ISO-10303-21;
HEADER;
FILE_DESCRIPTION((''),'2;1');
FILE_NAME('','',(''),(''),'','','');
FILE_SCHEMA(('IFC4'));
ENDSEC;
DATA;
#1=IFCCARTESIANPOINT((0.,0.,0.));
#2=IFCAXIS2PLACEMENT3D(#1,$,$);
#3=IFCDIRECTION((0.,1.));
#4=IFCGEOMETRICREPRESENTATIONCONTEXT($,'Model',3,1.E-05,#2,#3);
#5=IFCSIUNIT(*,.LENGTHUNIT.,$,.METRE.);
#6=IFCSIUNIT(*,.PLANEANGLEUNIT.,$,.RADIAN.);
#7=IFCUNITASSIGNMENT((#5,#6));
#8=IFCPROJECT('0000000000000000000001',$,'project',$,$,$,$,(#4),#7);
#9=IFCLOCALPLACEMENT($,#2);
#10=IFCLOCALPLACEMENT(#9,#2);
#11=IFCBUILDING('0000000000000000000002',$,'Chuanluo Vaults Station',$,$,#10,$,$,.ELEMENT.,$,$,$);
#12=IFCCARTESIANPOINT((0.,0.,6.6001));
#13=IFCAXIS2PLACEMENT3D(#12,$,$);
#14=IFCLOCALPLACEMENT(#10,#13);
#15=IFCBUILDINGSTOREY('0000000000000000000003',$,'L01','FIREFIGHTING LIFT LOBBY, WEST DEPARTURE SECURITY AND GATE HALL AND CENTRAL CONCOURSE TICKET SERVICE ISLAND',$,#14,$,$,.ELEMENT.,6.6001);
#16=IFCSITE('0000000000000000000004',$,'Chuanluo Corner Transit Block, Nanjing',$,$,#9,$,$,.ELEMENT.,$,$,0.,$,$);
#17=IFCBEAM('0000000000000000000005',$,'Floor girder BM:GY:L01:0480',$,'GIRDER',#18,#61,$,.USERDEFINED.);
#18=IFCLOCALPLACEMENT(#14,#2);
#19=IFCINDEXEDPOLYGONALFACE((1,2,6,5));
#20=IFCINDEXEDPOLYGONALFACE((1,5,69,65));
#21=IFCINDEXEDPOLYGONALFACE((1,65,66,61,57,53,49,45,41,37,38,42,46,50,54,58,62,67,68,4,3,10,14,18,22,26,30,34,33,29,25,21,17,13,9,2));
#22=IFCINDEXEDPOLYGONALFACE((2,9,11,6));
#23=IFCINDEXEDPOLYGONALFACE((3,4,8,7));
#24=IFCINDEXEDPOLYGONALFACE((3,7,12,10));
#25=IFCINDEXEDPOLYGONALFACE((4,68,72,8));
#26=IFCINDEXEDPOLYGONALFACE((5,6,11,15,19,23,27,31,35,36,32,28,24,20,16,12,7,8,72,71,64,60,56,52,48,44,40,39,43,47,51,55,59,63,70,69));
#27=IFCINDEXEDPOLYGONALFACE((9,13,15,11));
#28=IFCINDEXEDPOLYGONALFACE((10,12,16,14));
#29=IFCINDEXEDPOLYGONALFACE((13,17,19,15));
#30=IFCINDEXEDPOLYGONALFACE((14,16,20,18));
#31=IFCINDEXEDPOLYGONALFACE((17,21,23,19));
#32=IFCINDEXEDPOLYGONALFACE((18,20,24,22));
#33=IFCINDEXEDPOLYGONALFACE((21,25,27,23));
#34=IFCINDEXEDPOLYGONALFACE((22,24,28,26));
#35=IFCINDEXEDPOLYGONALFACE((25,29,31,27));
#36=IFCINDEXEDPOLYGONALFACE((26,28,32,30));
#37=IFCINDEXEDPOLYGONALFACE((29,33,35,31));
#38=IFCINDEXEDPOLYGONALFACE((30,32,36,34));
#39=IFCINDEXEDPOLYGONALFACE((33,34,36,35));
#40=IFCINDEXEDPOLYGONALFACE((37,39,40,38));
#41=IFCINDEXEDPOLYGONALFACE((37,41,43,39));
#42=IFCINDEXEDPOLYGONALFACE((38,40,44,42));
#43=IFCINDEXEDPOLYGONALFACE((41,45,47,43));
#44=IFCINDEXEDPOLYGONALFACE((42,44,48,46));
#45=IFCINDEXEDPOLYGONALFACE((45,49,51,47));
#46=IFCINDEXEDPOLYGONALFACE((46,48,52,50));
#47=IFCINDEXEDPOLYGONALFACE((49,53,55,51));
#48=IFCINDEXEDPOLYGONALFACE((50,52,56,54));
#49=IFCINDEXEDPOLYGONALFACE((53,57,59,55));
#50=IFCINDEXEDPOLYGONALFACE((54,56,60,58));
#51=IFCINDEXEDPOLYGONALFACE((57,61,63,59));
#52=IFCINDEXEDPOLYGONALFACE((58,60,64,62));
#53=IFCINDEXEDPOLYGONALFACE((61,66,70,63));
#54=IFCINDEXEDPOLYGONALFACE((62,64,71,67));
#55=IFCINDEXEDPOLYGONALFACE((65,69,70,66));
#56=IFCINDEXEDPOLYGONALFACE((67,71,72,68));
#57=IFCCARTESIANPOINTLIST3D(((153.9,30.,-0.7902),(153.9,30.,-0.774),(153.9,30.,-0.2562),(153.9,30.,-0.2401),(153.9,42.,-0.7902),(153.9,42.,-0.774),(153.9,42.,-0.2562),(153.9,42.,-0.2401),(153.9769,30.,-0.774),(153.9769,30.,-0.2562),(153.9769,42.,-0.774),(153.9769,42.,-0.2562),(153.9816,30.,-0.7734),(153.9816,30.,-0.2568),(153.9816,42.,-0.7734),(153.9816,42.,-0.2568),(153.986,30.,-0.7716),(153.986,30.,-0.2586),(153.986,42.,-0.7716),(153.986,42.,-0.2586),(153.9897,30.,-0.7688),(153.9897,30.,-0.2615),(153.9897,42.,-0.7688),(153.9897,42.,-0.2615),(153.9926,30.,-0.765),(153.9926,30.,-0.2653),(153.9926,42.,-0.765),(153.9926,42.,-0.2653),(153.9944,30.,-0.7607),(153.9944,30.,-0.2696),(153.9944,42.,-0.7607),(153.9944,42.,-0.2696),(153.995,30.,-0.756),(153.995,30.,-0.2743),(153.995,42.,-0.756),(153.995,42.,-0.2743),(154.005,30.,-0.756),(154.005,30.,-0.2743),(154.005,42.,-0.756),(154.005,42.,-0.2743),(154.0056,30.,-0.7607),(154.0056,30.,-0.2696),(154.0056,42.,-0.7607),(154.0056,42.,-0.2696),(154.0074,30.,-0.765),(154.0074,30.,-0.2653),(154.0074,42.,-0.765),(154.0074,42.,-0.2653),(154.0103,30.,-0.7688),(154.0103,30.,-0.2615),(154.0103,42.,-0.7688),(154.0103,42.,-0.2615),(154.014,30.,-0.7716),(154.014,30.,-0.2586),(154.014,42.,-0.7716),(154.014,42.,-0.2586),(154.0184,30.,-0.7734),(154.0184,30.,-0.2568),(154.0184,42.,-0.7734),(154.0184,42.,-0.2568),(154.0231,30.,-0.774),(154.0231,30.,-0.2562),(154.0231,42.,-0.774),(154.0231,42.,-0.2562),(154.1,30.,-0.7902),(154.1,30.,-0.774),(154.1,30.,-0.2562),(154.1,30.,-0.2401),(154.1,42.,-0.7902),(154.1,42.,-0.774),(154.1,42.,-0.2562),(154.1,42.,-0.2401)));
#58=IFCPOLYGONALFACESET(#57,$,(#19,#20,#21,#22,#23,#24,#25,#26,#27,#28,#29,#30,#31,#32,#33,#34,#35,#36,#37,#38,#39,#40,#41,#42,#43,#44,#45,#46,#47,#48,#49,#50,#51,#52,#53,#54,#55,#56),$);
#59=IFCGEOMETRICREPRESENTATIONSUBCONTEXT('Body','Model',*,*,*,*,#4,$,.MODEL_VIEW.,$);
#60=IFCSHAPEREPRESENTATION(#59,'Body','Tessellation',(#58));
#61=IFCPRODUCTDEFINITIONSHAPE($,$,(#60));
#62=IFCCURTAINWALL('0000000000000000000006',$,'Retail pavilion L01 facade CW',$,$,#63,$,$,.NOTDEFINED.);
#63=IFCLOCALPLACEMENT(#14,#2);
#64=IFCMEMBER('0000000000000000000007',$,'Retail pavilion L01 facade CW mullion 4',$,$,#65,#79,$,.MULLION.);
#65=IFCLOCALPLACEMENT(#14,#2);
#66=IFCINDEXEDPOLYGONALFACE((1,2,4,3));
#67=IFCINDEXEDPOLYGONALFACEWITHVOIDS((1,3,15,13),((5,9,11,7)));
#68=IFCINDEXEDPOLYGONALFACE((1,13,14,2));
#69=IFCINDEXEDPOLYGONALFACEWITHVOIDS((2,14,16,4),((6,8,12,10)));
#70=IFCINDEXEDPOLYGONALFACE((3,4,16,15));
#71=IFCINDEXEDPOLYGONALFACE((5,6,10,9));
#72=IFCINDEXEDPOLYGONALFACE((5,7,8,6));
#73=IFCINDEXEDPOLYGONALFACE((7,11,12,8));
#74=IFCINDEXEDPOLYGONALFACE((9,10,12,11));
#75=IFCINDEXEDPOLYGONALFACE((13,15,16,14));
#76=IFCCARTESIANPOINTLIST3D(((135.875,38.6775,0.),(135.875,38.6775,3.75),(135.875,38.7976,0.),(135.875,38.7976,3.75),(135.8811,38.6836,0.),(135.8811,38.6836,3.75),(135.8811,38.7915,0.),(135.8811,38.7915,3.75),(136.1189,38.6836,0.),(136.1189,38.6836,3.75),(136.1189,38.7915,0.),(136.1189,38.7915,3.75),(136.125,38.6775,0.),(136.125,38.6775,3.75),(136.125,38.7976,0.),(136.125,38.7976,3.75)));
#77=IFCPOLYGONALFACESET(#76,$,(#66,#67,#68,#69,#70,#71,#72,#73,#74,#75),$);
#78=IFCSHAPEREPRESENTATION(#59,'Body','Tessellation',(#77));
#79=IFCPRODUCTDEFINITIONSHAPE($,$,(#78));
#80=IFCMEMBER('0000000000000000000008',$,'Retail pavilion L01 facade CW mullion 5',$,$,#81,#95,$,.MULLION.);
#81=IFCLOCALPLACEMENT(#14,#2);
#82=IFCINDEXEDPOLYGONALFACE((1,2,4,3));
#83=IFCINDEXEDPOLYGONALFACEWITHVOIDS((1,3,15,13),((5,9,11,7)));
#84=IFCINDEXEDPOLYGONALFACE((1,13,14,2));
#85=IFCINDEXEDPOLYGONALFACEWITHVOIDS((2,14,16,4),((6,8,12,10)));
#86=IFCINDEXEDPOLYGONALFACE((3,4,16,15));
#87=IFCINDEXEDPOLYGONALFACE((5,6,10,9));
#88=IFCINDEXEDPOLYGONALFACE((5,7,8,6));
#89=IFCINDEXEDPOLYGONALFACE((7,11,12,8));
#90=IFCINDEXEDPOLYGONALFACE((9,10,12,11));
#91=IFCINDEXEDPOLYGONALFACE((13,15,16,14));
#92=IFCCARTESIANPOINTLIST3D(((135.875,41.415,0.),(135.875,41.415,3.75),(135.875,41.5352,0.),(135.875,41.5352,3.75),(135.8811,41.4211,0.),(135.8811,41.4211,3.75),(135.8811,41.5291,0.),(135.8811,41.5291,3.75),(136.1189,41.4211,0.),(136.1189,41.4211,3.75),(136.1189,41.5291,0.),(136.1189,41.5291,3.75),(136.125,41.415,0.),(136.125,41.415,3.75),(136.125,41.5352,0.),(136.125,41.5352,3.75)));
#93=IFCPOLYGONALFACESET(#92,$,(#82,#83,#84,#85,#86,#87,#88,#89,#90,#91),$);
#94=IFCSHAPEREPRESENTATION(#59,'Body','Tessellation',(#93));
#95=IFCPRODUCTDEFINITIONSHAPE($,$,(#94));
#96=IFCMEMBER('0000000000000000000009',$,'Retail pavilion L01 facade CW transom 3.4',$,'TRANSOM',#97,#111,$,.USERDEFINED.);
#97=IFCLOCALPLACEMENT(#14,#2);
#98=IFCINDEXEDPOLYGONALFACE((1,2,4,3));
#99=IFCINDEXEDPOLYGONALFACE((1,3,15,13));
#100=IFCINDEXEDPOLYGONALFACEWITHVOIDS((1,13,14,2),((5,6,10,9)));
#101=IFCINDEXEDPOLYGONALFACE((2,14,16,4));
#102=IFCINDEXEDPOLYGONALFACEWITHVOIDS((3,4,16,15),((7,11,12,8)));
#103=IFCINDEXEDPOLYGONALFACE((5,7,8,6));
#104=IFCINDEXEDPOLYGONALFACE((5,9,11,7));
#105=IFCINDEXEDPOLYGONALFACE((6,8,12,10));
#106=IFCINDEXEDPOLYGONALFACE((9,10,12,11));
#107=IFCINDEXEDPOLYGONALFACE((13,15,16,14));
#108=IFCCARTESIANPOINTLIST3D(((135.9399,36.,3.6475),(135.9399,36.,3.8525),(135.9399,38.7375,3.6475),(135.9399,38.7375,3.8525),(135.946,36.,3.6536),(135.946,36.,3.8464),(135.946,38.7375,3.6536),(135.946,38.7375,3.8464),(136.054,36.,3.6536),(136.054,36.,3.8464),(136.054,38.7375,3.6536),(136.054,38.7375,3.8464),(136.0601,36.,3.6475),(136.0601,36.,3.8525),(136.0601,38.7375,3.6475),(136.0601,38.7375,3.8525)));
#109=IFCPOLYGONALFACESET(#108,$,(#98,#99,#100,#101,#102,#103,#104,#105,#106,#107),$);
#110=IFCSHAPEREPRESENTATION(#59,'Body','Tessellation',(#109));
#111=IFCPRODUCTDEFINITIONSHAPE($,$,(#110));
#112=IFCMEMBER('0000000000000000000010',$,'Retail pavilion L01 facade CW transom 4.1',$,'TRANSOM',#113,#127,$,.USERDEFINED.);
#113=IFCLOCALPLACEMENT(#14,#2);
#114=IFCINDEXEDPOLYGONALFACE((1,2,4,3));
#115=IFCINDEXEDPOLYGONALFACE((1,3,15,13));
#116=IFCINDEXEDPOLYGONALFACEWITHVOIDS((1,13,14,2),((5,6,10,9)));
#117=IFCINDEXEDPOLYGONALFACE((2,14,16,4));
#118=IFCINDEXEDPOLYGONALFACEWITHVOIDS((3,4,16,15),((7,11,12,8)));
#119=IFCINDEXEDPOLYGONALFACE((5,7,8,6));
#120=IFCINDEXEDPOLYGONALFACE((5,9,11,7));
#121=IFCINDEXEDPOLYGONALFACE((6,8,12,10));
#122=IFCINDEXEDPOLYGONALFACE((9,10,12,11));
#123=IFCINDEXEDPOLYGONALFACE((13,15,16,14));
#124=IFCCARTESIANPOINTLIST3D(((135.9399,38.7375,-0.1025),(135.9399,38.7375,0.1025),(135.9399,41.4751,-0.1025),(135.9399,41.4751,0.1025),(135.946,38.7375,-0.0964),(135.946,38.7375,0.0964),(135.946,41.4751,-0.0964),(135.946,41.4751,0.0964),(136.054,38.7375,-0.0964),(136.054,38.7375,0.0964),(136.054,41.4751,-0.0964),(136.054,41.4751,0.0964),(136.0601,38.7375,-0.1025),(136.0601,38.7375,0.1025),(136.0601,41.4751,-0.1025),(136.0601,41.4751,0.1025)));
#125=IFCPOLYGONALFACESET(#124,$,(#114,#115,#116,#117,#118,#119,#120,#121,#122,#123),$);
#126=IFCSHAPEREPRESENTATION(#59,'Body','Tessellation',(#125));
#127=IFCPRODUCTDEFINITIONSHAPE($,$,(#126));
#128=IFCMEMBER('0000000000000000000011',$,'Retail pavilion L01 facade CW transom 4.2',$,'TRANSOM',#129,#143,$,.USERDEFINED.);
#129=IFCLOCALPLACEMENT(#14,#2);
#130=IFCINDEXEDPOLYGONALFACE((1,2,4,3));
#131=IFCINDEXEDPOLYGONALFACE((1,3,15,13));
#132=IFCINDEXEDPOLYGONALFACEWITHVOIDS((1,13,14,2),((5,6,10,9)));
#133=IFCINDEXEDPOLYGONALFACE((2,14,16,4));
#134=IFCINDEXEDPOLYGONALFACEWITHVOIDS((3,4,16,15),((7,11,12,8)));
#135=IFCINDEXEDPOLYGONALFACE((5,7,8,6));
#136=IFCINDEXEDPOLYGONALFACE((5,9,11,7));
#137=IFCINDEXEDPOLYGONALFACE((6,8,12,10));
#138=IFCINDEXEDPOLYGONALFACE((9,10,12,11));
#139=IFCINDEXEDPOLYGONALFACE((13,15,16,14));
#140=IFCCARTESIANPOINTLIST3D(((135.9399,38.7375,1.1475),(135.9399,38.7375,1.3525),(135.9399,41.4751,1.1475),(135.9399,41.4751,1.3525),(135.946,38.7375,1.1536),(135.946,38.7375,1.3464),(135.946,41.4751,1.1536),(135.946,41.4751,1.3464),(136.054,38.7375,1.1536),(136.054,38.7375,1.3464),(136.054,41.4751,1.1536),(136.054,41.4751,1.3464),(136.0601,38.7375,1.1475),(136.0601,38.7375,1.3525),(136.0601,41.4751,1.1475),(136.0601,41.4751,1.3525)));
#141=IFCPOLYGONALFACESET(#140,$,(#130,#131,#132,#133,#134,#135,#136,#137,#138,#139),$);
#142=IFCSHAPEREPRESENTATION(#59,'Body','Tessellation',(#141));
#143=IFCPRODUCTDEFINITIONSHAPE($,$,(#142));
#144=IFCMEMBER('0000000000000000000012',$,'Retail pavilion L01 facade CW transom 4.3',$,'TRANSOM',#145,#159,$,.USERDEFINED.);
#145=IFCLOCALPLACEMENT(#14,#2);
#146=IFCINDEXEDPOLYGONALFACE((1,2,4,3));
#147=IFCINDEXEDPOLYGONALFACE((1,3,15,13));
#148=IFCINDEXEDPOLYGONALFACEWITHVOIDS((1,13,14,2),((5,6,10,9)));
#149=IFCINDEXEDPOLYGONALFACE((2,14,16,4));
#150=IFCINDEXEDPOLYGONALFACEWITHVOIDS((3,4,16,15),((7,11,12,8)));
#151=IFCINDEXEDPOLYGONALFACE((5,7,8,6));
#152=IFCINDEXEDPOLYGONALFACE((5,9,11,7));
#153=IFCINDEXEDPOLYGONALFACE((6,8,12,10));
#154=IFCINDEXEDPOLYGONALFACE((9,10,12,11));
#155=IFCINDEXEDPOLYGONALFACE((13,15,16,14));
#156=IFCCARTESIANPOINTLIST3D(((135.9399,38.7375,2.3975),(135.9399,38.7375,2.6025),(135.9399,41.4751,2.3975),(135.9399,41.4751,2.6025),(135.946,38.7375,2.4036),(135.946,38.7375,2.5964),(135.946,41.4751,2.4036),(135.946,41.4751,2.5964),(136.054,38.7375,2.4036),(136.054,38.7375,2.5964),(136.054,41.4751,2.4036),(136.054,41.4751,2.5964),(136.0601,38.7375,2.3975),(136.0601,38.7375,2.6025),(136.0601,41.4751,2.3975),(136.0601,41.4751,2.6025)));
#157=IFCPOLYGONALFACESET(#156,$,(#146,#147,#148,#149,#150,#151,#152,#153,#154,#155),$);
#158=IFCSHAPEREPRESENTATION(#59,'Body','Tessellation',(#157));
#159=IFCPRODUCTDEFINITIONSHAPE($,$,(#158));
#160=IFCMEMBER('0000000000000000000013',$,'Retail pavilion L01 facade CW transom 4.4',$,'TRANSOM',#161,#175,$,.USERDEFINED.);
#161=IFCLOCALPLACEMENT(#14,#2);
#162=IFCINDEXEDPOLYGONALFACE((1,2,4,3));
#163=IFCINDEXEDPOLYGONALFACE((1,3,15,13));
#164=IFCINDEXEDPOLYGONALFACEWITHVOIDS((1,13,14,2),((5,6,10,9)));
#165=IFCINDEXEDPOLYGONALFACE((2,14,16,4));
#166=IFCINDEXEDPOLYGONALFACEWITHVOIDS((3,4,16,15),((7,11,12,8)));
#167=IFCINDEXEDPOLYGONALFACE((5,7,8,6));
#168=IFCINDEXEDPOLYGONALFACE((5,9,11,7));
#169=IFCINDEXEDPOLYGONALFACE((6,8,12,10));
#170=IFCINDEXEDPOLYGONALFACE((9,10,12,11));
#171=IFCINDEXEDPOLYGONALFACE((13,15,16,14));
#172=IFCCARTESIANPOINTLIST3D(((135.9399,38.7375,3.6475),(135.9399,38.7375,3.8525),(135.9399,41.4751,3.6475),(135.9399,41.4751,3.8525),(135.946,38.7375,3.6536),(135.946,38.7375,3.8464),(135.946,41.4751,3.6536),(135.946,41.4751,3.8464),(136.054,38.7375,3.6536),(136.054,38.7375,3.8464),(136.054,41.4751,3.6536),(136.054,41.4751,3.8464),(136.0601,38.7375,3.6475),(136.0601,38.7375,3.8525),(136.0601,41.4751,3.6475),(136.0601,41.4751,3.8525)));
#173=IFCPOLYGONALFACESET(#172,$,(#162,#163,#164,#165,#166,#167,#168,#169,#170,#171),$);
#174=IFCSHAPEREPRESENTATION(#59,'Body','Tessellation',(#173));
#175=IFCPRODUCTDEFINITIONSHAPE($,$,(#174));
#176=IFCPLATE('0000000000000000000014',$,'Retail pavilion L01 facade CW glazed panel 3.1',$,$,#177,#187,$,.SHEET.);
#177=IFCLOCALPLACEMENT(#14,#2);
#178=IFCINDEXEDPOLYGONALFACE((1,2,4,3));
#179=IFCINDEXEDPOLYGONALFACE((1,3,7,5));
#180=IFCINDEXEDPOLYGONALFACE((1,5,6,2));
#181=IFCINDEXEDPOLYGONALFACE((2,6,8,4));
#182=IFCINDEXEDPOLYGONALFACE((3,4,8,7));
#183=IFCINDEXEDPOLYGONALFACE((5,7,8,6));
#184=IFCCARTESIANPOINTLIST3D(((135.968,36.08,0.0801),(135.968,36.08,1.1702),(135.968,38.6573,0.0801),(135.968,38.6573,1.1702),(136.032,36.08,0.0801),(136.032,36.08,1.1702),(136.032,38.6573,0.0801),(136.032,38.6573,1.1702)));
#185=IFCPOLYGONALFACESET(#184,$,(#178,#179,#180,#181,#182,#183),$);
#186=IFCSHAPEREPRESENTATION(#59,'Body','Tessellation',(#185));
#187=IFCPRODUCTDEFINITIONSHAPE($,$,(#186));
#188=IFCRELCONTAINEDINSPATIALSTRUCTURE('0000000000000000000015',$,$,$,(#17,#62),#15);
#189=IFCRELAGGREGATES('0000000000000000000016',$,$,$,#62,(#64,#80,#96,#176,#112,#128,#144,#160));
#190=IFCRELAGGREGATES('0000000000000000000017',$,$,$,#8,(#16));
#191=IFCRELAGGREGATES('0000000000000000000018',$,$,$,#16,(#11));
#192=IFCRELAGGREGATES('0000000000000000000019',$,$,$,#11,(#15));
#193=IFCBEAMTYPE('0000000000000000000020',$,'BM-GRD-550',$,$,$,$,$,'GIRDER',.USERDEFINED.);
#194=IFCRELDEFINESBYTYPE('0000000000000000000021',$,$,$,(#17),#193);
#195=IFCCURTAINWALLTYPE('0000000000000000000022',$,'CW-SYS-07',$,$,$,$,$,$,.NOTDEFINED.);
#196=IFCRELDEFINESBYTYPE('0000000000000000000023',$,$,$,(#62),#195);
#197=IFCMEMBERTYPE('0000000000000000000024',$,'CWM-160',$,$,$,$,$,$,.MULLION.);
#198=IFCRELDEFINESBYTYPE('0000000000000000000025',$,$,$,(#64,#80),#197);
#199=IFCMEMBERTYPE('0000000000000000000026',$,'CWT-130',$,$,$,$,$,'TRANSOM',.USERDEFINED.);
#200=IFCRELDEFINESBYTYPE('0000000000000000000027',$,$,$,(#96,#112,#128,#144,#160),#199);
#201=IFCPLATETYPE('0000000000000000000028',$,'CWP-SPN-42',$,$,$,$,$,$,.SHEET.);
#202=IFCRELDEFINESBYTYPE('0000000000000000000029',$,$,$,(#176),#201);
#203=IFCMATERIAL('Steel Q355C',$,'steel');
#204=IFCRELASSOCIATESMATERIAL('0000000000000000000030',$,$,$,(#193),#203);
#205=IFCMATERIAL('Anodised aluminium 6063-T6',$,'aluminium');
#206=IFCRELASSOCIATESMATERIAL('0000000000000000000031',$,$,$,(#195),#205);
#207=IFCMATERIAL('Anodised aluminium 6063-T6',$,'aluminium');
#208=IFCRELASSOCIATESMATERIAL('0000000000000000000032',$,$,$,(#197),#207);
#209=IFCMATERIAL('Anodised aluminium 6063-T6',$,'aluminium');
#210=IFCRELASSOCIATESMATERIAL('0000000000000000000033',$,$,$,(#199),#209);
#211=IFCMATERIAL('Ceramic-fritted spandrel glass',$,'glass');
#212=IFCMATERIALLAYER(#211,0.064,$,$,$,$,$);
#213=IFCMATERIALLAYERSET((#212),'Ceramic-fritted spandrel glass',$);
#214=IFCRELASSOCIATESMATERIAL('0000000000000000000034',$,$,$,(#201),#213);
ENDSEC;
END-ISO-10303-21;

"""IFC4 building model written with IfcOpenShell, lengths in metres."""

from ifc_helpers import new_model, si_unit, direction, frame, origin, origin_2d, place, context, subcontext, project, spatial, rectangle, hollow_rectangle, i_section, extrude, material, layer, layer_set, material_profile, profile_set, type_object, element, aggregate, save


model = new_model("IFC4")

# Units and contexts
model_context = context("Model", 3, precision=1e-05, world=origin(), true_north=direction((0.0, 1.0)))
body_context = subcontext(model_context, "Body", "Model", "MODEL_VIEW")
ifc_project = project(units=[si_unit("LENGTHUNIT", "METRE"), si_unit("PLANEANGLEUNIT", "RADIAN")], contexts=[model_context])

# Site, building, storey
site_placement = place(None, origin())
site = spatial("IfcSite", under=ifc_project, at=site_placement, Name="Chuanluo Corner Transit Block, Nanjing", CompositionType="ELEMENT", RefElevation=0.0)
building_placement = place(site_placement, origin())
building = spatial("IfcBuilding", under=site, at=building_placement, Name="Chuanluo Vaults Station", CompositionType="ELEMENT")
storey_placement = place(building_placement, frame((0.0, 0.0, 6.6001)))
storey = spatial("IfcBuildingStorey", under=building, at=storey_placement, Name="L01", Description="FIREFIGHTING LIFT LOBBY, WEST DEPARTURE SECURITY AND GATE HALL AND CENTRAL CONCOURSE TICKET SERVICE ISLAND", CompositionType="ELEMENT", Elevation=6.6001)

# Beam
ifc_material_1 = material(Name="Steel Q355C", Category="steel")
ifc_material_profile_1 = material_profile(ifc_material_1, i_section(OverallWidth=0.2, OverallDepth=0.55, WebThickness=0.01, FlangeThickness=0.0161, FilletRadius=0.0181, at=origin_2d()))
ifc_profile_set_1 = profile_set([ifc_material_profile_1], Name="Steel Q355C")
beam_type_1 = type_object("IfcBeamType", Name="BM-GRD-550", ElementType="GIRDER", PredefinedType="USERDEFINED", material=ifc_profile_set_1)
for number, where, z_axis, x_axis, name in (
    (1, (154.0, 30.0, -0.5151), (0.0, 1.0, 0.0), (-1.0, 0.0, 0.0), "Floor girder BM:GY:L01:0480"),
):
    element("IfcBeam", number, at=place(storey_placement, frame(where, z_axis=z_axis, x_axis=x_axis)), inside=storey, type_object=beam_type_1, Name=name, ObjectType="GIRDER", PredefinedType="USERDEFINED", context=body_context, shape_type="SweptSolid", body=[
        extrude(i_section(OverallWidth=0.2, OverallDepth=0.55, WebThickness=0.01, FlangeThickness=0.0161, FilletRadius=0.0181, at=origin_2d()), origin(), (0.0, 0.0, 1.0), 12.0),
    ])

# Curtain wall, members, plate
ifc_material_2 = material(Name="Anodised aluminium 6063-T6", Category="aluminium")
curtain_wall_type = type_object("IfcCurtainWallType", Name="CW-SYS-07", PredefinedType="NOTDEFINED", material=ifc_material_2)
curtain_wall_placement = place(storey_placement, origin())
curtain_wall = element("IfcCurtainWall", 2, at=curtain_wall_placement, inside=storey, type_object=curtain_wall_type, Name="Retail pavilion L01 facade CW", PredefinedType="NOTDEFINED")
ifc_material_3 = material(Name="Anodised aluminium 6063-T6", Category="aluminium")
ifc_material_profile_2 = material_profile(ifc_material_3, hollow_rectangle(XDim=0.1201, YDim=0.25, WallThickness=0.0061, at=origin_2d()))
ifc_profile_set_2 = profile_set([ifc_material_profile_2], Name="Anodised aluminium 6063-T6")
member_type_1 = type_object("IfcMemberType", Name="CWM-160", PredefinedType="MULLION", material=ifc_profile_set_2)
member_1_placement = place(storey_placement, frame((136.0, 38.7375, 0.0), z_axis=(0.0, 0.0, 1.0), x_axis=(0.0, 1.0, 0.0)))
member_1 = element("IfcMember", 3, at=member_1_placement, type_object=member_type_1, Name="Retail pavilion L01 facade CW mullion 4", PredefinedType="MULLION", context=body_context, shape_type="SweptSolid", body=[
    extrude(hollow_rectangle(XDim=0.1201, YDim=0.25, WallThickness=0.0061, at=origin_2d()), origin(), (0.0, 0.0, 1.0), 3.75),
])
member_2_placement = place(storey_placement, frame((136.0, 41.4751, 0.0), z_axis=(0.0, 0.0, 1.0), x_axis=(0.0, 1.0, 0.0)))
member_2 = element("IfcMember", 4, at=member_2_placement, type_object=member_type_1, Name="Retail pavilion L01 facade CW mullion 5", PredefinedType="MULLION", context=body_context, shape_type="SweptSolid", body=[
    extrude(hollow_rectangle(XDim=0.1201, YDim=0.25, WallThickness=0.0061, at=origin_2d()), origin(), (0.0, 0.0, 1.0), 3.75),
])
ifc_material_4 = material(Name="Anodised aluminium 6063-T6", Category="aluminium")
ifc_material_profile_3 = material_profile(ifc_material_4, hollow_rectangle(XDim=0.1201, YDim=0.2051, WallThickness=0.0061, at=origin_2d()))
ifc_profile_set_3 = profile_set([ifc_material_profile_3], Name="Anodised aluminium 6063-T6")
member_type_2 = type_object("IfcMemberType", Name="CWT-130", ElementType="TRANSOM", PredefinedType="USERDEFINED", material=ifc_profile_set_3)
member_3_placement = place(storey_placement, frame((136.0, 36.0, 3.75), z_axis=(0.0, 1.0, 0.0), x_axis=(-1.0, 0.0, 0.0)))
member_3 = element("IfcMember", 5, at=member_3_placement, type_object=member_type_2, Name="Retail pavilion L01 facade CW transom 3.4", ObjectType="TRANSOM", PredefinedType="USERDEFINED", context=body_context, shape_type="SweptSolid", body=[
    extrude(hollow_rectangle(XDim=0.1201, YDim=0.2051, WallThickness=0.0061, at=origin_2d()), origin(), (0.0, 0.0, 1.0), 2.7375),
])
member_4_placement = place(storey_placement, frame((136.0, 38.7375, 0.0), z_axis=(0.0, 1.0, 0.0), x_axis=(-1.0, 0.0, 0.0)))
member_4 = element("IfcMember", 6, at=member_4_placement, type_object=member_type_2, Name="Retail pavilion L01 facade CW transom 4.1", ObjectType="TRANSOM", PredefinedType="USERDEFINED", context=body_context, shape_type="SweptSolid", body=[
    extrude(hollow_rectangle(XDim=0.1201, YDim=0.2051, WallThickness=0.0061, at=origin_2d()), origin(), (0.0, 0.0, 1.0), 2.7375),
])
member_5_placement = place(storey_placement, frame((136.0, 38.7375, 1.25), z_axis=(0.0, 1.0, 0.0), x_axis=(-1.0, 0.0, 0.0)))
member_5 = element("IfcMember", 7, at=member_5_placement, type_object=member_type_2, Name="Retail pavilion L01 facade CW transom 4.2", ObjectType="TRANSOM", PredefinedType="USERDEFINED", context=body_context, shape_type="SweptSolid", body=[
    extrude(hollow_rectangle(XDim=0.1201, YDim=0.2051, WallThickness=0.0061, at=origin_2d()), origin(), (0.0, 0.0, 1.0), 2.7375),
])
member_6_placement = place(storey_placement, frame((136.0, 38.7375, 2.5), z_axis=(0.0, 1.0, 0.0), x_axis=(-1.0, 0.0, 0.0)))
member_6 = element("IfcMember", 8, at=member_6_placement, type_object=member_type_2, Name="Retail pavilion L01 facade CW transom 4.3", ObjectType="TRANSOM", PredefinedType="USERDEFINED", context=body_context, shape_type="SweptSolid", body=[
    extrude(hollow_rectangle(XDim=0.1201, YDim=0.2051, WallThickness=0.0061, at=origin_2d()), origin(), (0.0, 0.0, 1.0), 2.7375),
])
member_7_placement = place(storey_placement, frame((136.0, 38.7375, 3.75), z_axis=(0.0, 1.0, 0.0), x_axis=(-1.0, 0.0, 0.0)))
member_7 = element("IfcMember", 9, at=member_7_placement, type_object=member_type_2, Name="Retail pavilion L01 facade CW transom 4.4", ObjectType="TRANSOM", PredefinedType="USERDEFINED", context=body_context, shape_type="SweptSolid", body=[
    extrude(hollow_rectangle(XDim=0.1201, YDim=0.2051, WallThickness=0.0061, at=origin_2d()), origin(), (0.0, 0.0, 1.0), 2.7375),
])
ifc_material_5 = material(Name="Ceramic-fritted spandrel glass", Category="glass")
ifc_layer_1 = layer(ifc_material_5, 0.064)
ifc_layer_set_1 = layer_set([ifc_layer_1], Name="Ceramic-fritted spandrel glass")
plate_type_1 = type_object("IfcPlateType", Name="CWP-SPN-42", PredefinedType="SHEET", material=ifc_layer_set_1)
plate_1_placement = place(storey_placement, frame((136.0, 37.3687, 0.0801), z_axis=(0.0, 0.0, 1.0), x_axis=(0.0, 1.0, 0.0)))
plate_1 = element("IfcPlate", 10, at=plate_1_placement, type_object=plate_type_1, Name="Retail pavilion L01 facade CW glazed panel 3.1", PredefinedType="SHEET", context=body_context, shape_type="SweptSolid", body=[
    extrude(rectangle(XDim=2.5774, YDim=0.064, at=origin_2d()), origin(), (0.0, 0.0, 1.0), 1.0901),
])
aggregate(curtain_wall, [member_1, member_2, member_3, plate_1, member_4, member_5, member_6, member_7])

save(model, "model.ifc")
